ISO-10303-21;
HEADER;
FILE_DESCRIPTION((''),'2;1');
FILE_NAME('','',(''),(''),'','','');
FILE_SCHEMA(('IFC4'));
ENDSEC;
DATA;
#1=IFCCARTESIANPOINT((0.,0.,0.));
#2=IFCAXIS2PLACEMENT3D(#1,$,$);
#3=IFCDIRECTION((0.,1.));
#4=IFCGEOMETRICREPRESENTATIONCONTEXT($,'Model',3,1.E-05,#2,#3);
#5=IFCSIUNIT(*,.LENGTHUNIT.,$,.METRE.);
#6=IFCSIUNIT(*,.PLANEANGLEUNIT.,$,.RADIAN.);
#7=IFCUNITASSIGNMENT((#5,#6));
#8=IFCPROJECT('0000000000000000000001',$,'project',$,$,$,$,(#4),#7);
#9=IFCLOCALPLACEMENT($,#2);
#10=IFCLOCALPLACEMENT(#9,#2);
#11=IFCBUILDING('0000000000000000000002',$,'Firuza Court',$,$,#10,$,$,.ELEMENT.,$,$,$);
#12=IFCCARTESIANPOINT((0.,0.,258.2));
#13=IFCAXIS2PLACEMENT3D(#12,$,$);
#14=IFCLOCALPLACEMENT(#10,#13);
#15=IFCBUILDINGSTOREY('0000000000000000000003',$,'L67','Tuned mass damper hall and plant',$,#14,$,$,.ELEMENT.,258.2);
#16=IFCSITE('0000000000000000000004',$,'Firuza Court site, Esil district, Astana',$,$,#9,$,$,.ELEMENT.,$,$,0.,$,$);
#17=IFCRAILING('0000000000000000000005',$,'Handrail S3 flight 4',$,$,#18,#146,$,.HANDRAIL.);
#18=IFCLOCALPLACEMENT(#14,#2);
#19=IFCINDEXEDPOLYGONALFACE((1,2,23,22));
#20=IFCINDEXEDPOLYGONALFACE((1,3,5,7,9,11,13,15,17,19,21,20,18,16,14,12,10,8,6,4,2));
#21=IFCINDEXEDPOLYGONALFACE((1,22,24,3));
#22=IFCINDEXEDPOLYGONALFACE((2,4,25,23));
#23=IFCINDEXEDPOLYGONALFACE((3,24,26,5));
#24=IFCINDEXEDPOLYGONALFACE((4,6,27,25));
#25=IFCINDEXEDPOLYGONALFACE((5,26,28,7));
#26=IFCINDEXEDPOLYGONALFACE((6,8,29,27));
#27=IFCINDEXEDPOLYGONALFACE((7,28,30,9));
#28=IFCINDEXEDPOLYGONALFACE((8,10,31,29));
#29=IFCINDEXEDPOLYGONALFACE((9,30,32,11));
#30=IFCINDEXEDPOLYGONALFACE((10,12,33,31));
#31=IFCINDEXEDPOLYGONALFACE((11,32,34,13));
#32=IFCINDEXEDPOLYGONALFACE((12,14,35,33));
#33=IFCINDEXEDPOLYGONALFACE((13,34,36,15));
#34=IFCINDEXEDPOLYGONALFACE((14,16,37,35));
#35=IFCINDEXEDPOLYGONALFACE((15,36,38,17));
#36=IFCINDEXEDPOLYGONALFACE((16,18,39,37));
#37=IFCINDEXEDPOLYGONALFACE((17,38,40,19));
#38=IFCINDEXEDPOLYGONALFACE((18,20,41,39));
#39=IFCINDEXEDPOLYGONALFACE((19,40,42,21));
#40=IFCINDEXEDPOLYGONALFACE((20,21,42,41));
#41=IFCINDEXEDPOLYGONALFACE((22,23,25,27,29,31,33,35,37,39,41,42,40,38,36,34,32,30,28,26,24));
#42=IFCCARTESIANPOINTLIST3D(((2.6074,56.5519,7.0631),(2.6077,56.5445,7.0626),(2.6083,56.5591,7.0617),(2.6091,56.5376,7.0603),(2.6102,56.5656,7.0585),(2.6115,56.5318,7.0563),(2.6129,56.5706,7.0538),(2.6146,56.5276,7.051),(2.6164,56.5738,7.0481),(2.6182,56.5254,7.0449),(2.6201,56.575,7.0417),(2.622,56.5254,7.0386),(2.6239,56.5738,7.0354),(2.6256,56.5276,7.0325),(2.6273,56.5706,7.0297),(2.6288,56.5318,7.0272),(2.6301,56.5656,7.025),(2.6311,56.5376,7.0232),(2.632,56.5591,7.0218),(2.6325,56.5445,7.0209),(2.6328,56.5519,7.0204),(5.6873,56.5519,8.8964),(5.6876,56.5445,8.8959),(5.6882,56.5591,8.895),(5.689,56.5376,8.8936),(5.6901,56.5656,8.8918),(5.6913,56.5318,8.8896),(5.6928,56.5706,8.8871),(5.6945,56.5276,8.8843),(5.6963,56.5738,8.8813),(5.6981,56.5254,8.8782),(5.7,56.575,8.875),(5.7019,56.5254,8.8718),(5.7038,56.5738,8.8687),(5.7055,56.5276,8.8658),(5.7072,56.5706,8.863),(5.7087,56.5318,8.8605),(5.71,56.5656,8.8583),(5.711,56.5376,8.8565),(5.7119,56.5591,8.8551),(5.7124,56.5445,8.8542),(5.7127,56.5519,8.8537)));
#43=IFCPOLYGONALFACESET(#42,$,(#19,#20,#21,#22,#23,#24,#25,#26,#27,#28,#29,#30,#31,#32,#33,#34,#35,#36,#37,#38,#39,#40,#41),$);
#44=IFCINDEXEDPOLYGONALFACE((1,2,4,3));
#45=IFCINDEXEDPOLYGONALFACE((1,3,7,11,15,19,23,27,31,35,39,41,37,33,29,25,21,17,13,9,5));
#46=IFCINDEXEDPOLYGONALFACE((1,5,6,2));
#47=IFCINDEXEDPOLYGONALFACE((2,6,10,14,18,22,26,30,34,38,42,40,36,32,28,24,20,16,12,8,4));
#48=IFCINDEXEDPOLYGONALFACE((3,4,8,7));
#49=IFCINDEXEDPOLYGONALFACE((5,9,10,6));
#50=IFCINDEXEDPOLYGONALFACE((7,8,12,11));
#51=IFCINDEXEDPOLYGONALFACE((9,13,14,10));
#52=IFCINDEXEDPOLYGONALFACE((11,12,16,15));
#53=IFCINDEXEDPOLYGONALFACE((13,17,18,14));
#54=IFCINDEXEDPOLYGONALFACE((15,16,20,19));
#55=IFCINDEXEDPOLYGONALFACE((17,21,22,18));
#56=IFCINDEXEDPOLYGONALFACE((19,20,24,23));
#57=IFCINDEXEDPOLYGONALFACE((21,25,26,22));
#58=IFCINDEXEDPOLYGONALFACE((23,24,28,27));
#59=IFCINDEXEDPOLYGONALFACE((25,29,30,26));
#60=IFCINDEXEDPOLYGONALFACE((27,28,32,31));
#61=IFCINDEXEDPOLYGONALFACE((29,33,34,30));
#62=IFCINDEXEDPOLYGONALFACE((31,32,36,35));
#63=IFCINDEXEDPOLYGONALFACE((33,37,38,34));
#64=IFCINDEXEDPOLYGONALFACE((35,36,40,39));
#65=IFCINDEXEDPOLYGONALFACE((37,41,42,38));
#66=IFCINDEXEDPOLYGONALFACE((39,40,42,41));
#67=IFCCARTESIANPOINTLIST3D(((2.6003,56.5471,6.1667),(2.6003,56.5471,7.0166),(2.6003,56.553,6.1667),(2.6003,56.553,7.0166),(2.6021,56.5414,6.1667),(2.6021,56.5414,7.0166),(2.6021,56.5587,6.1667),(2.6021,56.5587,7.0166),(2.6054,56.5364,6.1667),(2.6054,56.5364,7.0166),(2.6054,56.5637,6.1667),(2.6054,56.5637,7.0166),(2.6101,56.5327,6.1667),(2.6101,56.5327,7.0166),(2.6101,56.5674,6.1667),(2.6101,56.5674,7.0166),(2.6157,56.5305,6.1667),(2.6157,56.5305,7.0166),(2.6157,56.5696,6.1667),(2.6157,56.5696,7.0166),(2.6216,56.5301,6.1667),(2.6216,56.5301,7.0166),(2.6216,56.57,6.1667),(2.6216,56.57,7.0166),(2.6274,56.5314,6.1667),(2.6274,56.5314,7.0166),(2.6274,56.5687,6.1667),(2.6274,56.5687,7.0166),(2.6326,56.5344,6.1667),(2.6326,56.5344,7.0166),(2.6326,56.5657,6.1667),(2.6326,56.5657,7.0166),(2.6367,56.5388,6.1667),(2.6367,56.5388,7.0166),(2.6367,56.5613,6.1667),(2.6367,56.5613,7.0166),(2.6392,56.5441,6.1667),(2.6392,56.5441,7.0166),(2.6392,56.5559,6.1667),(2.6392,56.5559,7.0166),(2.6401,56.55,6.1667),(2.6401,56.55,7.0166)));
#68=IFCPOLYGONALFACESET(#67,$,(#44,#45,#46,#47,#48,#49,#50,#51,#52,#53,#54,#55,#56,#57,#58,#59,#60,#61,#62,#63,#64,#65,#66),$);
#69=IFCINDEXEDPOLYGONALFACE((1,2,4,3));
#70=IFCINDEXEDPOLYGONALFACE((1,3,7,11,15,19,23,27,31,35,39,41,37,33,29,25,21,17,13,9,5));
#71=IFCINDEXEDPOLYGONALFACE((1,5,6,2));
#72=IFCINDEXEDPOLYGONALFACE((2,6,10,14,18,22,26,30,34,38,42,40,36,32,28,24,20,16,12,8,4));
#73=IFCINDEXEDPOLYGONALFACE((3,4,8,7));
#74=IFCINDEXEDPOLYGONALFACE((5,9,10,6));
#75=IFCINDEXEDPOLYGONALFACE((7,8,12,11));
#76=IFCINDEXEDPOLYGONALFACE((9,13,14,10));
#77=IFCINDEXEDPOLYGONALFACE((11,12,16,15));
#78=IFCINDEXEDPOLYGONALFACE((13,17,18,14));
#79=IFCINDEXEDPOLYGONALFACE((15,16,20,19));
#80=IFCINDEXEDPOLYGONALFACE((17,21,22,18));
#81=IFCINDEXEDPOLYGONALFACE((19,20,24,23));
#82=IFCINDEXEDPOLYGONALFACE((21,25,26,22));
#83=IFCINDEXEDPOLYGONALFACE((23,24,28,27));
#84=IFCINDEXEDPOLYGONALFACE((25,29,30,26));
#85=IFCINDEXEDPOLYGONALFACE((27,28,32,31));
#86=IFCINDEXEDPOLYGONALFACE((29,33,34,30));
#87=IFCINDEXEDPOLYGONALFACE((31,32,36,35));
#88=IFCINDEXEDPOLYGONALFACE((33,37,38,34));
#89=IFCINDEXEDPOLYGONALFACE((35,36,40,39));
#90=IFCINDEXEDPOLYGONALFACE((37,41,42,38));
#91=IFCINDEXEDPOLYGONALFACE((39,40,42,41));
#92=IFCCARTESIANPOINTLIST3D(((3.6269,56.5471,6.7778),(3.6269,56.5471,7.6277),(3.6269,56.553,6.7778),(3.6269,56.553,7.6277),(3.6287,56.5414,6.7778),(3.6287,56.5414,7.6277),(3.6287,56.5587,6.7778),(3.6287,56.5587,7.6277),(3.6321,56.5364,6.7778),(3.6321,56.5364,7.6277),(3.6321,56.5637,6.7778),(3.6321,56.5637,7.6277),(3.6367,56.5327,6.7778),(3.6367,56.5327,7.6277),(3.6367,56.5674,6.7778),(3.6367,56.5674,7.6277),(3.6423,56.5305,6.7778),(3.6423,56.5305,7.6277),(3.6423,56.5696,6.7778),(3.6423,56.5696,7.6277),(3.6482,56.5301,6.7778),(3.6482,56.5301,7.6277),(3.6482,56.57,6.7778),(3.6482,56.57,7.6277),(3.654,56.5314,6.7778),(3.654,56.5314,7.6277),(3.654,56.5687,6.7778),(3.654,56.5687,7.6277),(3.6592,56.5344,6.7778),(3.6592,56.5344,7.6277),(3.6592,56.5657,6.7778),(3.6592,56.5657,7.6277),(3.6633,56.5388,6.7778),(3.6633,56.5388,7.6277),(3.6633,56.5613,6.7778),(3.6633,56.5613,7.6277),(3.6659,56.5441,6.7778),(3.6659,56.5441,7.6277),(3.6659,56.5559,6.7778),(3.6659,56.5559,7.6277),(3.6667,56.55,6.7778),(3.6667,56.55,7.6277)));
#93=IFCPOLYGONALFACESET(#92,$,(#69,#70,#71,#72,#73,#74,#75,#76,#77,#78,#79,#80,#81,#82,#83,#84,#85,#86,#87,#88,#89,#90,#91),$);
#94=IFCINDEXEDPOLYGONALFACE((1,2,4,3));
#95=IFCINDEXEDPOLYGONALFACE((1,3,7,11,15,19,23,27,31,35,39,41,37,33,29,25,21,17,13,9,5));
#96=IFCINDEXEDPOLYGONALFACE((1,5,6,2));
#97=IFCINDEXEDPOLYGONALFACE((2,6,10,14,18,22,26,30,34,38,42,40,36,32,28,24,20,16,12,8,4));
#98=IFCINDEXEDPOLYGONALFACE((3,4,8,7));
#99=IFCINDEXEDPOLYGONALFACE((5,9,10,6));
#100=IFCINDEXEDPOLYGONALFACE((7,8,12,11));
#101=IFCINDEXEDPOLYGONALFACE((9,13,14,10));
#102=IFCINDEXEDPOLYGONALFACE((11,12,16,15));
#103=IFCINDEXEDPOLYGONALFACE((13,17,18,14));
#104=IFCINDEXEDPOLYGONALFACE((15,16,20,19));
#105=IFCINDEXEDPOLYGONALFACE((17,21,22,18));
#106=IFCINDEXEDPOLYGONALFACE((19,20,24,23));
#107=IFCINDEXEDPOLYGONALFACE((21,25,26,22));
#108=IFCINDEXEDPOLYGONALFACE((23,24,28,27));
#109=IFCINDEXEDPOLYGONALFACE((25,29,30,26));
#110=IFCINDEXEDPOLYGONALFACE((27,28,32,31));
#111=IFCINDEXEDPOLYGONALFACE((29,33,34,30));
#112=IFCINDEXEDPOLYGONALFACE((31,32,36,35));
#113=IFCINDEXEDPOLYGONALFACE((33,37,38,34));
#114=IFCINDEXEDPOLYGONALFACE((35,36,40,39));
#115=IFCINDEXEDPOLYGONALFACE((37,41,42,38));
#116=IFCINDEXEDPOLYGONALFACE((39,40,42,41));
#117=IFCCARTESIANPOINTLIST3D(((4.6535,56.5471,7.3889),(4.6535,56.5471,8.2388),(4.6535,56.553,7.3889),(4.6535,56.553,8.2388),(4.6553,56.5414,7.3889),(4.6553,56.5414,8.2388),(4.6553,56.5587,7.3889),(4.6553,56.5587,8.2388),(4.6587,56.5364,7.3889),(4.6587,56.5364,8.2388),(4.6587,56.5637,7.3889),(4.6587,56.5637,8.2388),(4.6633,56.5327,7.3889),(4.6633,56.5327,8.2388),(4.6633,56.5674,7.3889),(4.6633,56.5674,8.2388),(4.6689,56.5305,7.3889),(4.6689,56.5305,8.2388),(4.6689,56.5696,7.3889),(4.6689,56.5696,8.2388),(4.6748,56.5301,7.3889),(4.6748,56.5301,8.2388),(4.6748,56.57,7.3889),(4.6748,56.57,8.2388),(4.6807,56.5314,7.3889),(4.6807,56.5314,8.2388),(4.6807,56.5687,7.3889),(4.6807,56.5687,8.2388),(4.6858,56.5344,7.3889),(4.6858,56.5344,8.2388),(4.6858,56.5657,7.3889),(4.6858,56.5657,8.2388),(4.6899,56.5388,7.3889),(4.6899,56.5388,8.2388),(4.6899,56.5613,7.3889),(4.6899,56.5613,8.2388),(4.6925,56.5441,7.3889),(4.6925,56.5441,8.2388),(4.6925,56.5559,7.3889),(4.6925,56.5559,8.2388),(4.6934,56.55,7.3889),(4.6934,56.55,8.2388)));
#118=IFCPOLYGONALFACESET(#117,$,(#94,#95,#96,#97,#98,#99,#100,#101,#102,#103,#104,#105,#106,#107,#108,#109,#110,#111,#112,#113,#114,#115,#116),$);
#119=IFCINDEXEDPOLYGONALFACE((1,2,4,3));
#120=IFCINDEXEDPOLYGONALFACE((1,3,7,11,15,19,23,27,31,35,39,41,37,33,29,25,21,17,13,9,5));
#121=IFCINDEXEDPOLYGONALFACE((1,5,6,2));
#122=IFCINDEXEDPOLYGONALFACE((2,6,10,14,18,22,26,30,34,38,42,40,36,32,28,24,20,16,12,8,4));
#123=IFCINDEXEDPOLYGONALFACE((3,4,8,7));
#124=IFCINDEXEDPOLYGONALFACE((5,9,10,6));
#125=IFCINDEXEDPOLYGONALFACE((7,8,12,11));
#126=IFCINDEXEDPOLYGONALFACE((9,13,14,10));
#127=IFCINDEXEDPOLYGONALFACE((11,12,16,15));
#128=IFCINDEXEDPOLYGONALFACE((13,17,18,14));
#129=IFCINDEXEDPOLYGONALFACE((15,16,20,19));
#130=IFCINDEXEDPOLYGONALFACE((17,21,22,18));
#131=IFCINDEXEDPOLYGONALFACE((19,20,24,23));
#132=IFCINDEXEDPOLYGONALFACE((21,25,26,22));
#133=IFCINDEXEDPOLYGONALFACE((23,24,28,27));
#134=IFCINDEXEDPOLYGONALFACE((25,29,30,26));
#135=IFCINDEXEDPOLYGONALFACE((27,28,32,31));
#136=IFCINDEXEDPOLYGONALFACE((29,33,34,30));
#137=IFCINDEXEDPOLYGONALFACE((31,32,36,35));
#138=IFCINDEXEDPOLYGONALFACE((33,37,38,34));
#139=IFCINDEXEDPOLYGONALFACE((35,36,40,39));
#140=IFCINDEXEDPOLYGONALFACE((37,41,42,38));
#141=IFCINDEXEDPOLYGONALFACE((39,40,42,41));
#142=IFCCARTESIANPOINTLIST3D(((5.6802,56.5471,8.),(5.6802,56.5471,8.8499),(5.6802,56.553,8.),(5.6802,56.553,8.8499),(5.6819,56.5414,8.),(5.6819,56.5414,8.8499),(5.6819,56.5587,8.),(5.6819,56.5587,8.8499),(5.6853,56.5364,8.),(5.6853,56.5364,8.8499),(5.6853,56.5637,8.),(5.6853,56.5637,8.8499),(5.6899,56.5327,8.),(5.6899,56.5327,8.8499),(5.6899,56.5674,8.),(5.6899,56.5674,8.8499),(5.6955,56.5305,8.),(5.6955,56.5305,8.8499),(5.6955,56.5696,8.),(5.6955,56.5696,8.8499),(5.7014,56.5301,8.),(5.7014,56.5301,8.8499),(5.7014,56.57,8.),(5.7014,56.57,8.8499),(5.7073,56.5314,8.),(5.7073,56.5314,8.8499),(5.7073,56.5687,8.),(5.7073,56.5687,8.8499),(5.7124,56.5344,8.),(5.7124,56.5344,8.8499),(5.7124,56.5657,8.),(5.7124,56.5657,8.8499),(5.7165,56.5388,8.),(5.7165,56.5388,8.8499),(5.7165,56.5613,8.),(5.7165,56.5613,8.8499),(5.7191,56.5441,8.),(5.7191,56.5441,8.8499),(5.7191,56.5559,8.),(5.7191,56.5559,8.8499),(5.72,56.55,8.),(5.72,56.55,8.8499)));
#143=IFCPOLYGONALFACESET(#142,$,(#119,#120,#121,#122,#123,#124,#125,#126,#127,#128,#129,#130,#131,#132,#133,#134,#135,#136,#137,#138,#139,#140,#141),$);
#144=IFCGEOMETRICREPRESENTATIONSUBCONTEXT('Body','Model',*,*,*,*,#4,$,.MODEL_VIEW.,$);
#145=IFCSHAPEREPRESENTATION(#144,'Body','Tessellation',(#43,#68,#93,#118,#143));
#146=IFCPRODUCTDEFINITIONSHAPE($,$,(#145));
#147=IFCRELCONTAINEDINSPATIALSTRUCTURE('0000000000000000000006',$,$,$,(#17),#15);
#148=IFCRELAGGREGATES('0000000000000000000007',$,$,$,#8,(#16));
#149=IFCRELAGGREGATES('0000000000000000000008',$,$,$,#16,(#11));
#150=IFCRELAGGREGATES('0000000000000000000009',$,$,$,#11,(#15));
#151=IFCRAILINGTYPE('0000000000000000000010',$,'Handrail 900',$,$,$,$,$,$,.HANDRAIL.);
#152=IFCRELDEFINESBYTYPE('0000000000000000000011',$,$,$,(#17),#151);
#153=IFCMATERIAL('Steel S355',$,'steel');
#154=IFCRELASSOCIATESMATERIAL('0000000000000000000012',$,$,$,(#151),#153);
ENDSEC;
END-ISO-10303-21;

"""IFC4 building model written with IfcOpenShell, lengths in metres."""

from ifc_helpers import new_model, si_unit, direction, frame, origin, origin_2d, place, context, subcontext, project, spatial, circle, extrude, material, type_object, element, save


model = new_model("IFC4")

# Units and contexts
model_context = context("Model", 3, precision=1e-05, world=origin(), true_north=direction((0.0, 1.0)))
body_context = subcontext(model_context, "Body", "Model", "MODEL_VIEW")
ifc_project = project(units=[si_unit("LENGTHUNIT", "METRE"), si_unit("PLANEANGLEUNIT", "RADIAN")], contexts=[model_context])

# Site, building, storey
site_placement = place(None, origin())
site = spatial("IfcSite", under=ifc_project, at=site_placement, Name="Firuza Court site, Esil district, Astana", CompositionType="ELEMENT", RefElevation=0.0)
building_placement = place(site_placement, origin())
building = spatial("IfcBuilding", under=site, at=building_placement, Name="Firuza Court", CompositionType="ELEMENT")
storey_placement = place(building_placement, frame((0.0, 0.0, 258.2)))
storey = spatial("IfcBuildingStorey", under=building, at=storey_placement, Name="L67", Description="Tuned mass damper hall and plant", CompositionType="ELEMENT", Elevation=258.2)

# Railing
ifc_material_1 = material(Name="Steel S355", Category="steel")
railing_type = type_object("IfcRailingType", Name="Handrail 900", PredefinedType="HANDRAIL", material=ifc_material_1)
railing_placement = place(storey_placement, frame((2.6201, 56.55, 6.1667)))
element("IfcRailing", 1, at=railing_placement, inside=storey, type_object=railing_type, Name="Handrail S3 flight 4", PredefinedType="HANDRAIL", context=body_context, shape_type="SweptSolid", body=[
    extrude(circle(Radius=0.0249, at=origin_2d()), frame((0.0, 0.0, 0.875), z_axis=(0.859291, 0.0, 0.511487), x_axis=(0.0, 1.0, 0.0)), (0.0, 0.0, 1.0), 3.5842),
    extrude(circle(Radius=0.02, at=origin_2d()), origin(), (0.0, 0.0, 1.0), 0.8499),
    extrude(circle(Radius=0.02, at=origin_2d()), frame((1.0266, 0.0, 0.6111)), (0.0, 0.0, 1.0), 0.8499),
    extrude(circle(Radius=0.02, at=origin_2d()), frame((2.0532, 0.0, 1.2222)), (0.0, 0.0, 1.0), 0.8499),
    extrude(circle(Radius=0.02, at=origin_2d()), frame((3.0798, 0.0, 1.8333)), (0.0, 0.0, 1.0), 0.8499),
])

save(model, "model.ifc")
